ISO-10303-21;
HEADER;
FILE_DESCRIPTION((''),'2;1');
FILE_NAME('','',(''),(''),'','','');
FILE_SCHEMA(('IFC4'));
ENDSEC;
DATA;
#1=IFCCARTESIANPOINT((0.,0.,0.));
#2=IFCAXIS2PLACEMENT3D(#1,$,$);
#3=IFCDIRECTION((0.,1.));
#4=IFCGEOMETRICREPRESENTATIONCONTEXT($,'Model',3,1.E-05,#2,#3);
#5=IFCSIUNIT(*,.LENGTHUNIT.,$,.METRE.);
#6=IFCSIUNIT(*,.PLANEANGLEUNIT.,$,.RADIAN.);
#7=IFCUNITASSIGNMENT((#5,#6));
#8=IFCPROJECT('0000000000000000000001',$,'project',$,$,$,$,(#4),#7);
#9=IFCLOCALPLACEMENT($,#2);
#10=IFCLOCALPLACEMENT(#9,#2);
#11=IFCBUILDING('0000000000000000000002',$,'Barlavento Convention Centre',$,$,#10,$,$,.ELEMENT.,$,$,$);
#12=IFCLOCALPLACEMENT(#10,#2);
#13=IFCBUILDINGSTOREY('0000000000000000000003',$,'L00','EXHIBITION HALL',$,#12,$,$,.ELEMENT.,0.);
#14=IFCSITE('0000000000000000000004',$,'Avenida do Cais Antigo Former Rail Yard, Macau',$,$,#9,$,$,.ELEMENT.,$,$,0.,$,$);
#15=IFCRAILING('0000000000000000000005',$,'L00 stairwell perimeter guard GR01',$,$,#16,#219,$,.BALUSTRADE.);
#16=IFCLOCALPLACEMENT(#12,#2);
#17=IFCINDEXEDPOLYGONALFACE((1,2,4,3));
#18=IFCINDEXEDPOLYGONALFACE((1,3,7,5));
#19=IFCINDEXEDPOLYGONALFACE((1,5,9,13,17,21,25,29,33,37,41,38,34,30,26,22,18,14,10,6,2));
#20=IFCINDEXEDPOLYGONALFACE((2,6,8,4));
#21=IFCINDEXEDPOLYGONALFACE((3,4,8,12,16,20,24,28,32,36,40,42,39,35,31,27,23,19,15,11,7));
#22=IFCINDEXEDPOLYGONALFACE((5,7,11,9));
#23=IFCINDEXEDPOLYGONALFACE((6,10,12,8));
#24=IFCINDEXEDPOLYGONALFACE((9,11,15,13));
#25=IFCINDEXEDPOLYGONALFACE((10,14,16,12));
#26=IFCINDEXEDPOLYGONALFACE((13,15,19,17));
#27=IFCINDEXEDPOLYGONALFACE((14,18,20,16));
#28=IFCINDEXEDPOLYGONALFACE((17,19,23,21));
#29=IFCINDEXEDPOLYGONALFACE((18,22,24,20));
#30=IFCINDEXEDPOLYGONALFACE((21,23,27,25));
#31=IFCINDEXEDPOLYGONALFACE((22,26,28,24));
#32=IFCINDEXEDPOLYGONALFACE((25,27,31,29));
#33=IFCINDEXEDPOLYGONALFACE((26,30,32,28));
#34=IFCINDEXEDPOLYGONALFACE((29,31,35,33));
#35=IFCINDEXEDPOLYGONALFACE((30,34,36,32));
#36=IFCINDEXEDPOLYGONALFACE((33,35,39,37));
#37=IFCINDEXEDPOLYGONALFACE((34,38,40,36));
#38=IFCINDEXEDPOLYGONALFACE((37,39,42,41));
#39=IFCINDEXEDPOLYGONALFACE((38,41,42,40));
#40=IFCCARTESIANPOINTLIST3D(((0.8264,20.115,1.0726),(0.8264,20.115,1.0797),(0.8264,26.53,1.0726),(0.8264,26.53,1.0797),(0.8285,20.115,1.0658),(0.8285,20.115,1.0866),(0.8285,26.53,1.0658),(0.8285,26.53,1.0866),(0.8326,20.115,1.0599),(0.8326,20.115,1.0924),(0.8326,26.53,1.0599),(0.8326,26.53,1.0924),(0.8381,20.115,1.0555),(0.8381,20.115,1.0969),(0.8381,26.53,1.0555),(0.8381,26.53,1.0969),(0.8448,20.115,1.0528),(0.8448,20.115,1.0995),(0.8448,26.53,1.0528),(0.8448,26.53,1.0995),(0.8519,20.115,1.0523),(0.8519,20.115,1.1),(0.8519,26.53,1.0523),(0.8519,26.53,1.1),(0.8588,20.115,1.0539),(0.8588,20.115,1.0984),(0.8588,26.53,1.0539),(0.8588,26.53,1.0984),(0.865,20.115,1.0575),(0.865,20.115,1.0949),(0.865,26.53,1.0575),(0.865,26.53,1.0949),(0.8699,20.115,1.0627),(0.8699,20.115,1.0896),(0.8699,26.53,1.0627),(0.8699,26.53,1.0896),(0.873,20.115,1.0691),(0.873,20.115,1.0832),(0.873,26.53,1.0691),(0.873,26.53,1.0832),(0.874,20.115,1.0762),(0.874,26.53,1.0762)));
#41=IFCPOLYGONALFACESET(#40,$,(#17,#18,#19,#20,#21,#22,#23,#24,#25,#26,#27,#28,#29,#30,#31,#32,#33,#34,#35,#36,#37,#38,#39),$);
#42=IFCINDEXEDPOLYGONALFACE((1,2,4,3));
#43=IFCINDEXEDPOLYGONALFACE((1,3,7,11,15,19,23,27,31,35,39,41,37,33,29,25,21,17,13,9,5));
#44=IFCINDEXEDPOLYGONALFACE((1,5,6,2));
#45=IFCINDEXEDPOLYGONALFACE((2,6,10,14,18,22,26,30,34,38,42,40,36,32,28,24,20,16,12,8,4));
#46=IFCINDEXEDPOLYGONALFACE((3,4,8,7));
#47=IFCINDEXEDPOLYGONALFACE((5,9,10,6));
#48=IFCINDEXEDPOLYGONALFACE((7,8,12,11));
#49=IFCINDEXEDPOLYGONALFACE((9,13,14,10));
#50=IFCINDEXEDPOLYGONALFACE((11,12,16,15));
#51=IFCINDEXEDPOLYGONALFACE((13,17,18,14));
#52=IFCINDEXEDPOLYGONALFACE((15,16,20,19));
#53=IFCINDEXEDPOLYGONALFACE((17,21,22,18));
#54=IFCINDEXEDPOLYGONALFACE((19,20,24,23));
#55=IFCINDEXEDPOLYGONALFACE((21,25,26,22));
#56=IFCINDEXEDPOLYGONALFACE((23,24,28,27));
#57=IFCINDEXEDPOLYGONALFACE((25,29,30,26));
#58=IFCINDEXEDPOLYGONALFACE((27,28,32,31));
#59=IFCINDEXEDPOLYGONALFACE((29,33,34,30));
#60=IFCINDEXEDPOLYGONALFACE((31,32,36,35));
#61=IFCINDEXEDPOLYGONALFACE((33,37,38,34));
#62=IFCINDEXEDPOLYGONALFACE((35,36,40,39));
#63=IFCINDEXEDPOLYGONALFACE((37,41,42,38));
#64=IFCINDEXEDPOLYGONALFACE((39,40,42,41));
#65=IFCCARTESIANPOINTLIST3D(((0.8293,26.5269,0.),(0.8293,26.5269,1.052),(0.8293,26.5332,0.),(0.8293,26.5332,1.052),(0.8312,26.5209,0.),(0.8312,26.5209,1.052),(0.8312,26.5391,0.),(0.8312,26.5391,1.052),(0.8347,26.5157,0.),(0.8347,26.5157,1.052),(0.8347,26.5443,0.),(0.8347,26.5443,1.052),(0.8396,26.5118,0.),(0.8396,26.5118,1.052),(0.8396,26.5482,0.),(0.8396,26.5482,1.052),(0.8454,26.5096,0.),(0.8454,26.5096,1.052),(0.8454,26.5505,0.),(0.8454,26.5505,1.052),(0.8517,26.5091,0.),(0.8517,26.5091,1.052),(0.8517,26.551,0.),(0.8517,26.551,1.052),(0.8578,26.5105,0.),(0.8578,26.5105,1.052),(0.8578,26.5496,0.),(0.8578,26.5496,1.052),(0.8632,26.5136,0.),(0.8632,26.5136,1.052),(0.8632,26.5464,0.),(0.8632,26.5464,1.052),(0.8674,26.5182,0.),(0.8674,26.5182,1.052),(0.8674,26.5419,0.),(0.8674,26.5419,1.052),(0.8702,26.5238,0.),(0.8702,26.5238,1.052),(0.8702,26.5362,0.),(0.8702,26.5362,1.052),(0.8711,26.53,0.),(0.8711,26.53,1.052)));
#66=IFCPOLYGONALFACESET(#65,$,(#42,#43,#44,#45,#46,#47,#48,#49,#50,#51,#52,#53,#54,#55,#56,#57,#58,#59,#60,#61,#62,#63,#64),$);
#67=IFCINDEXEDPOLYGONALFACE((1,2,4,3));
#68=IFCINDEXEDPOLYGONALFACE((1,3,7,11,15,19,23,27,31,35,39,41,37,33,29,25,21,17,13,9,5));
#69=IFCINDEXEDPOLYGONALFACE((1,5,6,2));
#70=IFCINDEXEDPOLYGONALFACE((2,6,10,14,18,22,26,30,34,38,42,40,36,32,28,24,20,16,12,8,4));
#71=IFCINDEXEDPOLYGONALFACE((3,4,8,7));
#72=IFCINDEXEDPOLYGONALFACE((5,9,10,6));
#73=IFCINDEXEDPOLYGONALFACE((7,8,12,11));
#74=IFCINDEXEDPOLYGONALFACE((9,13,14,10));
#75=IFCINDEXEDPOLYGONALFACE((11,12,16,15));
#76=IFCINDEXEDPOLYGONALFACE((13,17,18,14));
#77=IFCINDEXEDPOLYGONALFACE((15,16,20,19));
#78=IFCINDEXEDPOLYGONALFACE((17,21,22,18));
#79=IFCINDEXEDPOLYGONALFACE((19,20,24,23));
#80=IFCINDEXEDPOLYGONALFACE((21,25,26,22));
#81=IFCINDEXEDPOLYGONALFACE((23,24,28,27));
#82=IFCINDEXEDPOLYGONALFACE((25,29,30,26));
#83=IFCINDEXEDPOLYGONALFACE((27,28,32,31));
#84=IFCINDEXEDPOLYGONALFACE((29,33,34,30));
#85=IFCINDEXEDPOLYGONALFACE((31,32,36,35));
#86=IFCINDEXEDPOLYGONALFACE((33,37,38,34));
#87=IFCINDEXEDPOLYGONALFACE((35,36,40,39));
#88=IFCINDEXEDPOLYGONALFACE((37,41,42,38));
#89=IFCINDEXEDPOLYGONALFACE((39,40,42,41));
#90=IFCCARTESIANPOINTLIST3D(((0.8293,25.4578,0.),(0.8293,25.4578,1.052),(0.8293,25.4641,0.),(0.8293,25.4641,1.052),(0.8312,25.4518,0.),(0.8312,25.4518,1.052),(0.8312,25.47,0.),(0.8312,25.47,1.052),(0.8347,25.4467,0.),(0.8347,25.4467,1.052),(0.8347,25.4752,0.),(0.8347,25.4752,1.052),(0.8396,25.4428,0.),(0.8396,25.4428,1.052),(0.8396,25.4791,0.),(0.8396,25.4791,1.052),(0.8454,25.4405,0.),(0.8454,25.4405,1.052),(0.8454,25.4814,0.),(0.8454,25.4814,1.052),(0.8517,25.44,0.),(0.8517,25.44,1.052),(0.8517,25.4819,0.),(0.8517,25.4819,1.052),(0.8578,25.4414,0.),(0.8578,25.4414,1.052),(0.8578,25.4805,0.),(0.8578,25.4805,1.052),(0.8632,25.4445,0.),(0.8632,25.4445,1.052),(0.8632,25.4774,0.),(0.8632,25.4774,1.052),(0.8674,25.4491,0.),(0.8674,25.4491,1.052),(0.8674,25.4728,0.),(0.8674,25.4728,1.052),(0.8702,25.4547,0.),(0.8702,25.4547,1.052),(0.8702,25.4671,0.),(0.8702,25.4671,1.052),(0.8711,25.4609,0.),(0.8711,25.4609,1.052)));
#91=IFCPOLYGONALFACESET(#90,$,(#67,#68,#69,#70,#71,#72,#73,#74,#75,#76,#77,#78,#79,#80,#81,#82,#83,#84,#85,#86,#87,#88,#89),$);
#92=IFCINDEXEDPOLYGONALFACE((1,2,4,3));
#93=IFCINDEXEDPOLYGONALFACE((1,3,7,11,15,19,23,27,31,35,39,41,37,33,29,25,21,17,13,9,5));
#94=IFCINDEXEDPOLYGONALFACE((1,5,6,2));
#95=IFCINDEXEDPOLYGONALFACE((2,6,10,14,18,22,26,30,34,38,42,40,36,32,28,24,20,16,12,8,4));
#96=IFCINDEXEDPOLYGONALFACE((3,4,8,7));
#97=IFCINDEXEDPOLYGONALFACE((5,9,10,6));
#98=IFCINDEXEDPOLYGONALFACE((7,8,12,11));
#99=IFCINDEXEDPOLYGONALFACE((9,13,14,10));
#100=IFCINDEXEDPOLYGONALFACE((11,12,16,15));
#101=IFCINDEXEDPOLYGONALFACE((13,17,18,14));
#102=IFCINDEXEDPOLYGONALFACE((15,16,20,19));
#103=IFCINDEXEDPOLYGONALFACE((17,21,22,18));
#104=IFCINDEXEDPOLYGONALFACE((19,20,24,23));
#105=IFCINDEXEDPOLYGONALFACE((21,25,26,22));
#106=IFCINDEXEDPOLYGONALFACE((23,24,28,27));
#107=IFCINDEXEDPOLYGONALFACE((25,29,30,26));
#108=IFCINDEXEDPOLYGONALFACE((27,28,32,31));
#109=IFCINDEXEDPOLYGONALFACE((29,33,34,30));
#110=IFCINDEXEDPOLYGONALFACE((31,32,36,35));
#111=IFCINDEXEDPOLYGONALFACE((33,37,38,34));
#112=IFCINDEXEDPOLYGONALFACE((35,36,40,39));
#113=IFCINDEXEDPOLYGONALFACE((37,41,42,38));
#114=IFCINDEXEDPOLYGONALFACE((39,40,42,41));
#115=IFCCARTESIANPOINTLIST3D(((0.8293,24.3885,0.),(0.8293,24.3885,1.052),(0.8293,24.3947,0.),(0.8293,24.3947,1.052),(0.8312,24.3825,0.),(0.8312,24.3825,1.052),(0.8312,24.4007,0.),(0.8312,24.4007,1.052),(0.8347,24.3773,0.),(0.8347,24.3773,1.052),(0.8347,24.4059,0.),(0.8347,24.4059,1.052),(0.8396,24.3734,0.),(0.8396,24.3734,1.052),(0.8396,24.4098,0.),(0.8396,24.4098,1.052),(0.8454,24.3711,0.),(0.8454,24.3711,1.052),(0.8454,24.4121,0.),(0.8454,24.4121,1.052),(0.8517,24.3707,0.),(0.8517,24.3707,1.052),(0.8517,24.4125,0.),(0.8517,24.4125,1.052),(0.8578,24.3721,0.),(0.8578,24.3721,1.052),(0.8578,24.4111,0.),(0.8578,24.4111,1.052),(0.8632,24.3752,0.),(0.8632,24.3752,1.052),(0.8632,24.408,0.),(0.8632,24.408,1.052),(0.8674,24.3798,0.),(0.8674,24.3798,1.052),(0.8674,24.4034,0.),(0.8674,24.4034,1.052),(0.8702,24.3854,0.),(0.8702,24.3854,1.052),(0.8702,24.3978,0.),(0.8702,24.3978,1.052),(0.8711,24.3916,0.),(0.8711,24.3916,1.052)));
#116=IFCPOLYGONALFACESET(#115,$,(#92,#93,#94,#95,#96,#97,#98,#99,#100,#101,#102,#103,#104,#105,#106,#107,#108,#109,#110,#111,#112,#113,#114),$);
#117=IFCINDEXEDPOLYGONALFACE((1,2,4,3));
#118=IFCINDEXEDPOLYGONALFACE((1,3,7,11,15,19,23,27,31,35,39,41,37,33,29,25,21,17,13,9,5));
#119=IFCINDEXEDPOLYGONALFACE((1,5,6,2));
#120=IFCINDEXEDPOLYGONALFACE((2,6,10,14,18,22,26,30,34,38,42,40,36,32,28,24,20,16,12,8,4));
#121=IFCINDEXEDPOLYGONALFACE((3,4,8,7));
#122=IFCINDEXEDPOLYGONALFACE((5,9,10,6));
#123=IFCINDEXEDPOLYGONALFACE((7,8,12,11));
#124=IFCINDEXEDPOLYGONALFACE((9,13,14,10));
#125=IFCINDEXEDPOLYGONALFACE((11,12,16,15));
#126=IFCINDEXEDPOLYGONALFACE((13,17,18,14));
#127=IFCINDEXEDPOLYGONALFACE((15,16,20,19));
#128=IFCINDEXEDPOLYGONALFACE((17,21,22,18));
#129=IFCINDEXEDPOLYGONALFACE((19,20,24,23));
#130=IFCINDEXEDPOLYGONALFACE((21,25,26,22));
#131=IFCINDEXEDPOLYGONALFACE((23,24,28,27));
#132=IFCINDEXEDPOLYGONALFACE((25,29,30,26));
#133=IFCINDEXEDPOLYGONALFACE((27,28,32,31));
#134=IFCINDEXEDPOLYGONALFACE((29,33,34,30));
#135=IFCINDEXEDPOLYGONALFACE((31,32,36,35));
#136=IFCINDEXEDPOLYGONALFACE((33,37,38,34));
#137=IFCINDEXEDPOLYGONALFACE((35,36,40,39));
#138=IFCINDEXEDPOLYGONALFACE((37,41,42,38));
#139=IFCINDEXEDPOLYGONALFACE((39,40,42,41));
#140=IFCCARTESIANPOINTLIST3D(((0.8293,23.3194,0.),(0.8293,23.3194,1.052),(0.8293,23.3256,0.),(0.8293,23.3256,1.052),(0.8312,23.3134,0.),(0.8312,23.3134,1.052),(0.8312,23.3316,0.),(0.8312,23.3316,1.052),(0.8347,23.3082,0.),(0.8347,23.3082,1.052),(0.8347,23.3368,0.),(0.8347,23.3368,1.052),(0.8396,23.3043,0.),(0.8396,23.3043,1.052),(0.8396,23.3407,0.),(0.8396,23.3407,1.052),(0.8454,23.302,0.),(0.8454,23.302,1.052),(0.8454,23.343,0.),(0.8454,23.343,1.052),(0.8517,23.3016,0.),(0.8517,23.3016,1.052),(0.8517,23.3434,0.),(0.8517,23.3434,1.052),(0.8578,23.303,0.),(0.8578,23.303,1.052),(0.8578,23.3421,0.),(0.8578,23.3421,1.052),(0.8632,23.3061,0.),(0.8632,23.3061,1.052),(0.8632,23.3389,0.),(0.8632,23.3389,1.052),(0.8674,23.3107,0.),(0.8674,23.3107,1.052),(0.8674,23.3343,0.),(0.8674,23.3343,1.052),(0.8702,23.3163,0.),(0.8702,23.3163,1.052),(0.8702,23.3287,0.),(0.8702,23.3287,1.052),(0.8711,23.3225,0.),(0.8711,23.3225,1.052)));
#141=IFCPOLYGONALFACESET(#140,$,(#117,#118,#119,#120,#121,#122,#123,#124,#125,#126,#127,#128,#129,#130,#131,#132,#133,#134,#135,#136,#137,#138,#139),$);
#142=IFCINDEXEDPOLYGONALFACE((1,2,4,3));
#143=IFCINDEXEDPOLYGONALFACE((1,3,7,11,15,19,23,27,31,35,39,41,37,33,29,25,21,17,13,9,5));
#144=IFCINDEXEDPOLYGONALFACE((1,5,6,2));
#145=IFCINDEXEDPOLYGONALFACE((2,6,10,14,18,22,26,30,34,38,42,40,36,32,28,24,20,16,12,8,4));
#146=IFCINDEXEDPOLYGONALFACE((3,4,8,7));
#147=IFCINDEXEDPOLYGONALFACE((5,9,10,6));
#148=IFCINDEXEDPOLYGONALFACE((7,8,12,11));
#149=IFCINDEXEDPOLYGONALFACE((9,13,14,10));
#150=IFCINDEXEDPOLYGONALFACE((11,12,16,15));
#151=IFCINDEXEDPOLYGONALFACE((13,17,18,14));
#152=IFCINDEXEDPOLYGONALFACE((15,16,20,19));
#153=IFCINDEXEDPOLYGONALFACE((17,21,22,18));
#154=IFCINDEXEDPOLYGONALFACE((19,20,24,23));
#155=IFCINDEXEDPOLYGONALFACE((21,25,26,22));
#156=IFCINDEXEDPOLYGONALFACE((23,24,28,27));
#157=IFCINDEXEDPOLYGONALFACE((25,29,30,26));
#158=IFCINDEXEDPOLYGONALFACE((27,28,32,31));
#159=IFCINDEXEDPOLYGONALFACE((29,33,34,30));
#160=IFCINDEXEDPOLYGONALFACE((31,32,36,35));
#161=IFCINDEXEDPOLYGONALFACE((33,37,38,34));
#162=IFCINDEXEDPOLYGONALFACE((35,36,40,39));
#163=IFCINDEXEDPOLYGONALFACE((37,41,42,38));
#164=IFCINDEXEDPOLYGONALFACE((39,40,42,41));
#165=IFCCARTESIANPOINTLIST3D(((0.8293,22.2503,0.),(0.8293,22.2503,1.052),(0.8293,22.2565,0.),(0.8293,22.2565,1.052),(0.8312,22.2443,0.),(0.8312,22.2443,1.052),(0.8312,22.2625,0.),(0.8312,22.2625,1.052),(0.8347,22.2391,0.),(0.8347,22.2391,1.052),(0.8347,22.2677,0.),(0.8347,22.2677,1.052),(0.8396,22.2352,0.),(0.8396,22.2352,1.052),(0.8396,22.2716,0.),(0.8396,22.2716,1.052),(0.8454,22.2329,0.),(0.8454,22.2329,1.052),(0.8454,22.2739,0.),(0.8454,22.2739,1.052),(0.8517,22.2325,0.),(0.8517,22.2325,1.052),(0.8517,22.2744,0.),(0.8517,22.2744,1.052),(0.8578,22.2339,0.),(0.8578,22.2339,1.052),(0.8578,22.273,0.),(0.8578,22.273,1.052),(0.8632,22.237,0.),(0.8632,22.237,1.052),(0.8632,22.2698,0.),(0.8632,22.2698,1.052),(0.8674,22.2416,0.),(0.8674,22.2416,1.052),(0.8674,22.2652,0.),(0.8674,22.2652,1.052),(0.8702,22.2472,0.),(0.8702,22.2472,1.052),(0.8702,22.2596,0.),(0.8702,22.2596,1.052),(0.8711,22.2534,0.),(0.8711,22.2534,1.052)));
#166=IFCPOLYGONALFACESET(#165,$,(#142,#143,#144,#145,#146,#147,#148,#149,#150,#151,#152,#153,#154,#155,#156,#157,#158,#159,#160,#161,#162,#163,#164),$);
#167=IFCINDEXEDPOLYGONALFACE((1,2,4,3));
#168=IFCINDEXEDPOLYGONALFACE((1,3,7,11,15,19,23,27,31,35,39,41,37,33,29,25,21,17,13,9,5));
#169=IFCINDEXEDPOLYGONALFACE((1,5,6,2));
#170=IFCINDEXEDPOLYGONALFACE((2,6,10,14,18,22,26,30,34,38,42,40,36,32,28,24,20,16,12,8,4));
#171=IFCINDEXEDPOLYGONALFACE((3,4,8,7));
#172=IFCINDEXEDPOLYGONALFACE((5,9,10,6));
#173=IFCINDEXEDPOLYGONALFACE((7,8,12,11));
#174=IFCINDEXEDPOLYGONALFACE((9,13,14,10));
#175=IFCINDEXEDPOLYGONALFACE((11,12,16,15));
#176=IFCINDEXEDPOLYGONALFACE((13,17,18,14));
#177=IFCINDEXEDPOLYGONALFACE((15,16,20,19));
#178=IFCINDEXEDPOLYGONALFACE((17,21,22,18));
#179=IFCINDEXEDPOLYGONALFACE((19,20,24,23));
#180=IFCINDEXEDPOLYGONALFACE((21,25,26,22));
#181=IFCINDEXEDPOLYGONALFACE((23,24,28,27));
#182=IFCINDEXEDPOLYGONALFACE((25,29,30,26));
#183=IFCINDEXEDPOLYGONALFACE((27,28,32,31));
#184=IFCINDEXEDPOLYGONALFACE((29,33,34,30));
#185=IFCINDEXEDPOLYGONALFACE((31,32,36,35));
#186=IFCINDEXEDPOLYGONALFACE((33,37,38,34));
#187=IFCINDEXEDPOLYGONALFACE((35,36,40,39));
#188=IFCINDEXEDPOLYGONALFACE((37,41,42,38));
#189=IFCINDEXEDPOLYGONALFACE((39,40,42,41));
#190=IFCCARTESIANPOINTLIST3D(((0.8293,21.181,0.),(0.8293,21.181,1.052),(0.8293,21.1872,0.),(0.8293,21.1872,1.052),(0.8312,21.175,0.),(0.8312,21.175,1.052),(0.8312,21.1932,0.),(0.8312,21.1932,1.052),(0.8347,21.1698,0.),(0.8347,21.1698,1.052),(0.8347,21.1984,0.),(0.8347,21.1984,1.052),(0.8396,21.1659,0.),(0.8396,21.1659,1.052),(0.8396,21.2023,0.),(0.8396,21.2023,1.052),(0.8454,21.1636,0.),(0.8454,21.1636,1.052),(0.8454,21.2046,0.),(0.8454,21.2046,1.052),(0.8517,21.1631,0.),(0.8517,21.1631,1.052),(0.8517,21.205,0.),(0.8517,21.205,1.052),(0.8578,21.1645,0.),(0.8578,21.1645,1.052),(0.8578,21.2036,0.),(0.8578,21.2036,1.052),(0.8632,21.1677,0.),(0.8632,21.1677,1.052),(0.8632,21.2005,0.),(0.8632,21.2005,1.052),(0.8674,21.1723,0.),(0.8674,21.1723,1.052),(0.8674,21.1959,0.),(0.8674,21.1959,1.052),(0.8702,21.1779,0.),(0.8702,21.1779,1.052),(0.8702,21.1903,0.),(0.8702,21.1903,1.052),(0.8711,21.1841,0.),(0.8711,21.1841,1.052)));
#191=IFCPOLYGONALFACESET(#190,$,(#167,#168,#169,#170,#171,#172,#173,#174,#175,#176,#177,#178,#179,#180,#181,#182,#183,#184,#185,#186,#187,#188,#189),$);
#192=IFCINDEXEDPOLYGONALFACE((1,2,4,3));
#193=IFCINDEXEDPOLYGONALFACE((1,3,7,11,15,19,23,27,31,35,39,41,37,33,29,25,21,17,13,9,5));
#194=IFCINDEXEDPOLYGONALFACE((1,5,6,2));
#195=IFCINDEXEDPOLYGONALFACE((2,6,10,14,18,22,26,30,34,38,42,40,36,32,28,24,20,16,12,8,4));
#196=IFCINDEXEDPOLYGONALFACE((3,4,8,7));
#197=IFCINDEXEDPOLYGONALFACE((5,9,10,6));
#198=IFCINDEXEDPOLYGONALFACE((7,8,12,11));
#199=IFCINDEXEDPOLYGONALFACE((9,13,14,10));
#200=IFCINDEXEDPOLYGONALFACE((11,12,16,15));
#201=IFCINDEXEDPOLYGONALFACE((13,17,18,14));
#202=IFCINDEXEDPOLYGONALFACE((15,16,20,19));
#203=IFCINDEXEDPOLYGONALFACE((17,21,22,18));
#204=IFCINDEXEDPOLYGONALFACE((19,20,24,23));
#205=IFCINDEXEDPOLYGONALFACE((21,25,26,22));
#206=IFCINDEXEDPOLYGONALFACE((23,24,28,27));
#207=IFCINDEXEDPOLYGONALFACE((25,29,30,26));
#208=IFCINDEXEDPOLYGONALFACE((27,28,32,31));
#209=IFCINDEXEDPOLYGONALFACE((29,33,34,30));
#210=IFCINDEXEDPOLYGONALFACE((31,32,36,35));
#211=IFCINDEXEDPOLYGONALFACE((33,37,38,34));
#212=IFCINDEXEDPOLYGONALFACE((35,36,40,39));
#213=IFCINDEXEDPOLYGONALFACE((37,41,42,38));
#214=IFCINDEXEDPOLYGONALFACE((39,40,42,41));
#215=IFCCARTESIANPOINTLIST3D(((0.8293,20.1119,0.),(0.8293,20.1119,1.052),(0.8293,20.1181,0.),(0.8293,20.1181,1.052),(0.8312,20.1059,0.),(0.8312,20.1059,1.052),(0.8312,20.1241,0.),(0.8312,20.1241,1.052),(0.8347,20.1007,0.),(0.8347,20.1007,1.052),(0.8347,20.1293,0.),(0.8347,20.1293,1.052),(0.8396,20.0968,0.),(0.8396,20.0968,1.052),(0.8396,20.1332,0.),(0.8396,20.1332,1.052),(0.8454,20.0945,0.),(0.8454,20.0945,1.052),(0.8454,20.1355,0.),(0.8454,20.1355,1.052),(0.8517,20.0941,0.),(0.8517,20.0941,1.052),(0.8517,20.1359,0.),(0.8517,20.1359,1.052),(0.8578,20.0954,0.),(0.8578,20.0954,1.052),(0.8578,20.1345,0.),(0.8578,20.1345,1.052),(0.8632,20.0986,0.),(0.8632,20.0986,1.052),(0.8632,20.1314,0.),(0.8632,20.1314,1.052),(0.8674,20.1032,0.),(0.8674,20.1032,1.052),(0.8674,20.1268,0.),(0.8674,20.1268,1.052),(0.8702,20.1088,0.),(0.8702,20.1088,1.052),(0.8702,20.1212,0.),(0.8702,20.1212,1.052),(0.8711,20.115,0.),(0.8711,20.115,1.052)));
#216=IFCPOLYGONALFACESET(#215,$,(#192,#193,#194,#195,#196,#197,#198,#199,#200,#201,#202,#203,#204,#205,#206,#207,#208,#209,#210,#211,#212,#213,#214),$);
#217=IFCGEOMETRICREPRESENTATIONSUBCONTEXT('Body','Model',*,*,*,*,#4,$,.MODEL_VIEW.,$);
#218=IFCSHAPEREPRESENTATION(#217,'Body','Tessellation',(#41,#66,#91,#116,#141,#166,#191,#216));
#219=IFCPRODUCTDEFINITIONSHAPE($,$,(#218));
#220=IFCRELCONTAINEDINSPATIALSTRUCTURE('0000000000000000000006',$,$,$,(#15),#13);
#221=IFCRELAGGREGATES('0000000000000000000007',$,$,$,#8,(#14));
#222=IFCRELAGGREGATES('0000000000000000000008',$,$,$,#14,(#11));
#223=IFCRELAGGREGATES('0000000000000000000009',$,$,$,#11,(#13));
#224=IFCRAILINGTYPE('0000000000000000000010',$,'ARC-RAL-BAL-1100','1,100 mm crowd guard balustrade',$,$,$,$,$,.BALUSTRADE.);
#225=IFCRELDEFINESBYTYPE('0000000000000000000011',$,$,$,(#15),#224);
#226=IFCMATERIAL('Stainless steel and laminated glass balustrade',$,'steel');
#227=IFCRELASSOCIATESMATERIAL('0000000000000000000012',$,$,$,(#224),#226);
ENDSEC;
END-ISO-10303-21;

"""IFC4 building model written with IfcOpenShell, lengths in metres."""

from ifc_helpers import new_model, si_unit, direction, frame, origin, origin_2d, place, context, subcontext, project, spatial, circle, extrude, material, type_object, element, save


model = new_model("IFC4")

# Units and contexts
model_context = context("Model", 3, precision=1e-05, world=origin(), true_north=direction((0.0, 1.0)))
body_context = subcontext(model_context, "Body", "Model", "MODEL_VIEW")
ifc_project = project(units=[si_unit("LENGTHUNIT", "METRE"), si_unit("PLANEANGLEUNIT", "RADIAN")], contexts=[model_context])

# Site, building, storey
site_placement = place(None, origin())
site = spatial("IfcSite", under=ifc_project, at=site_placement, Name="Avenida do Cais Antigo Former Rail Yard, Macau", CompositionType="ELEMENT", RefElevation=0.0)
building_placement = place(site_placement, origin())
building = spatial("IfcBuilding", under=site, at=building_placement, Name="Barlavento Convention Centre", CompositionType="ELEMENT")
storey_placement = place(building_placement, origin())
storey = spatial("IfcBuildingStorey", under=building, at=storey_placement, Name="L00", Description="EXHIBITION HALL", CompositionType="ELEMENT", Elevation=0.0)

# Railing
ifc_material_1 = material(Name="Stainless steel and laminated glass balustrade", Category="steel")
railing_type_1 = type_object("IfcRailingType", Name="ARC-RAL-BAL-1100", Description="1,100 mm crowd guard balustrade", PredefinedType="BALUSTRADE", material=ifc_material_1)
railing_1_placement = place(storey_placement, frame((0.8501, 26.53, 0.0)))
element("IfcRailing", 1, at=railing_1_placement, inside=storey, type_object=railing_type_1, Name="L00 stairwell perimeter guard GR01", PredefinedType="BALUSTRADE", context=body_context, shape_type="SweptSolid", body=[
    extrude(circle(Radius=0.0239, at=origin_2d()), frame((0.0, 0.0, 1.0762), z_axis=(0.0, -1.0, 0.0), x_axis=(1.0, 0.0, 0.0)), (0.0, 0.0, 1.0), 6.415),
    extrude(circle(Radius=0.021, at=origin_2d()), origin(), (0.0, 0.0, 1.0), 1.052),
    extrude(circle(Radius=0.021, at=origin_2d()), frame((0.0, -1.0691, 0.0)), (0.0, 0.0, 1.0), 1.052),
    extrude(circle(Radius=0.021, at=origin_2d()), frame((0.0, -2.1384, 0.0)), (0.0, 0.0, 1.0), 1.052),
    extrude(circle(Radius=0.021, at=origin_2d()), frame((0.0, -3.2075, 0.0)), (0.0, 0.0, 1.0), 1.052),
    extrude(circle(Radius=0.021, at=origin_2d()), frame((0.0, -4.2766, 0.0)), (0.0, 0.0, 1.0), 1.052),
    extrude(circle(Radius=0.021, at=origin_2d()), frame((0.0, -5.3459, 0.0)), (0.0, 0.0, 1.0), 1.052),
    extrude(circle(Radius=0.021, at=origin_2d()), frame((0.0, -6.415, 0.0)), (0.0, 0.0, 1.0), 1.052),
])

save(model, "model.ifc")
